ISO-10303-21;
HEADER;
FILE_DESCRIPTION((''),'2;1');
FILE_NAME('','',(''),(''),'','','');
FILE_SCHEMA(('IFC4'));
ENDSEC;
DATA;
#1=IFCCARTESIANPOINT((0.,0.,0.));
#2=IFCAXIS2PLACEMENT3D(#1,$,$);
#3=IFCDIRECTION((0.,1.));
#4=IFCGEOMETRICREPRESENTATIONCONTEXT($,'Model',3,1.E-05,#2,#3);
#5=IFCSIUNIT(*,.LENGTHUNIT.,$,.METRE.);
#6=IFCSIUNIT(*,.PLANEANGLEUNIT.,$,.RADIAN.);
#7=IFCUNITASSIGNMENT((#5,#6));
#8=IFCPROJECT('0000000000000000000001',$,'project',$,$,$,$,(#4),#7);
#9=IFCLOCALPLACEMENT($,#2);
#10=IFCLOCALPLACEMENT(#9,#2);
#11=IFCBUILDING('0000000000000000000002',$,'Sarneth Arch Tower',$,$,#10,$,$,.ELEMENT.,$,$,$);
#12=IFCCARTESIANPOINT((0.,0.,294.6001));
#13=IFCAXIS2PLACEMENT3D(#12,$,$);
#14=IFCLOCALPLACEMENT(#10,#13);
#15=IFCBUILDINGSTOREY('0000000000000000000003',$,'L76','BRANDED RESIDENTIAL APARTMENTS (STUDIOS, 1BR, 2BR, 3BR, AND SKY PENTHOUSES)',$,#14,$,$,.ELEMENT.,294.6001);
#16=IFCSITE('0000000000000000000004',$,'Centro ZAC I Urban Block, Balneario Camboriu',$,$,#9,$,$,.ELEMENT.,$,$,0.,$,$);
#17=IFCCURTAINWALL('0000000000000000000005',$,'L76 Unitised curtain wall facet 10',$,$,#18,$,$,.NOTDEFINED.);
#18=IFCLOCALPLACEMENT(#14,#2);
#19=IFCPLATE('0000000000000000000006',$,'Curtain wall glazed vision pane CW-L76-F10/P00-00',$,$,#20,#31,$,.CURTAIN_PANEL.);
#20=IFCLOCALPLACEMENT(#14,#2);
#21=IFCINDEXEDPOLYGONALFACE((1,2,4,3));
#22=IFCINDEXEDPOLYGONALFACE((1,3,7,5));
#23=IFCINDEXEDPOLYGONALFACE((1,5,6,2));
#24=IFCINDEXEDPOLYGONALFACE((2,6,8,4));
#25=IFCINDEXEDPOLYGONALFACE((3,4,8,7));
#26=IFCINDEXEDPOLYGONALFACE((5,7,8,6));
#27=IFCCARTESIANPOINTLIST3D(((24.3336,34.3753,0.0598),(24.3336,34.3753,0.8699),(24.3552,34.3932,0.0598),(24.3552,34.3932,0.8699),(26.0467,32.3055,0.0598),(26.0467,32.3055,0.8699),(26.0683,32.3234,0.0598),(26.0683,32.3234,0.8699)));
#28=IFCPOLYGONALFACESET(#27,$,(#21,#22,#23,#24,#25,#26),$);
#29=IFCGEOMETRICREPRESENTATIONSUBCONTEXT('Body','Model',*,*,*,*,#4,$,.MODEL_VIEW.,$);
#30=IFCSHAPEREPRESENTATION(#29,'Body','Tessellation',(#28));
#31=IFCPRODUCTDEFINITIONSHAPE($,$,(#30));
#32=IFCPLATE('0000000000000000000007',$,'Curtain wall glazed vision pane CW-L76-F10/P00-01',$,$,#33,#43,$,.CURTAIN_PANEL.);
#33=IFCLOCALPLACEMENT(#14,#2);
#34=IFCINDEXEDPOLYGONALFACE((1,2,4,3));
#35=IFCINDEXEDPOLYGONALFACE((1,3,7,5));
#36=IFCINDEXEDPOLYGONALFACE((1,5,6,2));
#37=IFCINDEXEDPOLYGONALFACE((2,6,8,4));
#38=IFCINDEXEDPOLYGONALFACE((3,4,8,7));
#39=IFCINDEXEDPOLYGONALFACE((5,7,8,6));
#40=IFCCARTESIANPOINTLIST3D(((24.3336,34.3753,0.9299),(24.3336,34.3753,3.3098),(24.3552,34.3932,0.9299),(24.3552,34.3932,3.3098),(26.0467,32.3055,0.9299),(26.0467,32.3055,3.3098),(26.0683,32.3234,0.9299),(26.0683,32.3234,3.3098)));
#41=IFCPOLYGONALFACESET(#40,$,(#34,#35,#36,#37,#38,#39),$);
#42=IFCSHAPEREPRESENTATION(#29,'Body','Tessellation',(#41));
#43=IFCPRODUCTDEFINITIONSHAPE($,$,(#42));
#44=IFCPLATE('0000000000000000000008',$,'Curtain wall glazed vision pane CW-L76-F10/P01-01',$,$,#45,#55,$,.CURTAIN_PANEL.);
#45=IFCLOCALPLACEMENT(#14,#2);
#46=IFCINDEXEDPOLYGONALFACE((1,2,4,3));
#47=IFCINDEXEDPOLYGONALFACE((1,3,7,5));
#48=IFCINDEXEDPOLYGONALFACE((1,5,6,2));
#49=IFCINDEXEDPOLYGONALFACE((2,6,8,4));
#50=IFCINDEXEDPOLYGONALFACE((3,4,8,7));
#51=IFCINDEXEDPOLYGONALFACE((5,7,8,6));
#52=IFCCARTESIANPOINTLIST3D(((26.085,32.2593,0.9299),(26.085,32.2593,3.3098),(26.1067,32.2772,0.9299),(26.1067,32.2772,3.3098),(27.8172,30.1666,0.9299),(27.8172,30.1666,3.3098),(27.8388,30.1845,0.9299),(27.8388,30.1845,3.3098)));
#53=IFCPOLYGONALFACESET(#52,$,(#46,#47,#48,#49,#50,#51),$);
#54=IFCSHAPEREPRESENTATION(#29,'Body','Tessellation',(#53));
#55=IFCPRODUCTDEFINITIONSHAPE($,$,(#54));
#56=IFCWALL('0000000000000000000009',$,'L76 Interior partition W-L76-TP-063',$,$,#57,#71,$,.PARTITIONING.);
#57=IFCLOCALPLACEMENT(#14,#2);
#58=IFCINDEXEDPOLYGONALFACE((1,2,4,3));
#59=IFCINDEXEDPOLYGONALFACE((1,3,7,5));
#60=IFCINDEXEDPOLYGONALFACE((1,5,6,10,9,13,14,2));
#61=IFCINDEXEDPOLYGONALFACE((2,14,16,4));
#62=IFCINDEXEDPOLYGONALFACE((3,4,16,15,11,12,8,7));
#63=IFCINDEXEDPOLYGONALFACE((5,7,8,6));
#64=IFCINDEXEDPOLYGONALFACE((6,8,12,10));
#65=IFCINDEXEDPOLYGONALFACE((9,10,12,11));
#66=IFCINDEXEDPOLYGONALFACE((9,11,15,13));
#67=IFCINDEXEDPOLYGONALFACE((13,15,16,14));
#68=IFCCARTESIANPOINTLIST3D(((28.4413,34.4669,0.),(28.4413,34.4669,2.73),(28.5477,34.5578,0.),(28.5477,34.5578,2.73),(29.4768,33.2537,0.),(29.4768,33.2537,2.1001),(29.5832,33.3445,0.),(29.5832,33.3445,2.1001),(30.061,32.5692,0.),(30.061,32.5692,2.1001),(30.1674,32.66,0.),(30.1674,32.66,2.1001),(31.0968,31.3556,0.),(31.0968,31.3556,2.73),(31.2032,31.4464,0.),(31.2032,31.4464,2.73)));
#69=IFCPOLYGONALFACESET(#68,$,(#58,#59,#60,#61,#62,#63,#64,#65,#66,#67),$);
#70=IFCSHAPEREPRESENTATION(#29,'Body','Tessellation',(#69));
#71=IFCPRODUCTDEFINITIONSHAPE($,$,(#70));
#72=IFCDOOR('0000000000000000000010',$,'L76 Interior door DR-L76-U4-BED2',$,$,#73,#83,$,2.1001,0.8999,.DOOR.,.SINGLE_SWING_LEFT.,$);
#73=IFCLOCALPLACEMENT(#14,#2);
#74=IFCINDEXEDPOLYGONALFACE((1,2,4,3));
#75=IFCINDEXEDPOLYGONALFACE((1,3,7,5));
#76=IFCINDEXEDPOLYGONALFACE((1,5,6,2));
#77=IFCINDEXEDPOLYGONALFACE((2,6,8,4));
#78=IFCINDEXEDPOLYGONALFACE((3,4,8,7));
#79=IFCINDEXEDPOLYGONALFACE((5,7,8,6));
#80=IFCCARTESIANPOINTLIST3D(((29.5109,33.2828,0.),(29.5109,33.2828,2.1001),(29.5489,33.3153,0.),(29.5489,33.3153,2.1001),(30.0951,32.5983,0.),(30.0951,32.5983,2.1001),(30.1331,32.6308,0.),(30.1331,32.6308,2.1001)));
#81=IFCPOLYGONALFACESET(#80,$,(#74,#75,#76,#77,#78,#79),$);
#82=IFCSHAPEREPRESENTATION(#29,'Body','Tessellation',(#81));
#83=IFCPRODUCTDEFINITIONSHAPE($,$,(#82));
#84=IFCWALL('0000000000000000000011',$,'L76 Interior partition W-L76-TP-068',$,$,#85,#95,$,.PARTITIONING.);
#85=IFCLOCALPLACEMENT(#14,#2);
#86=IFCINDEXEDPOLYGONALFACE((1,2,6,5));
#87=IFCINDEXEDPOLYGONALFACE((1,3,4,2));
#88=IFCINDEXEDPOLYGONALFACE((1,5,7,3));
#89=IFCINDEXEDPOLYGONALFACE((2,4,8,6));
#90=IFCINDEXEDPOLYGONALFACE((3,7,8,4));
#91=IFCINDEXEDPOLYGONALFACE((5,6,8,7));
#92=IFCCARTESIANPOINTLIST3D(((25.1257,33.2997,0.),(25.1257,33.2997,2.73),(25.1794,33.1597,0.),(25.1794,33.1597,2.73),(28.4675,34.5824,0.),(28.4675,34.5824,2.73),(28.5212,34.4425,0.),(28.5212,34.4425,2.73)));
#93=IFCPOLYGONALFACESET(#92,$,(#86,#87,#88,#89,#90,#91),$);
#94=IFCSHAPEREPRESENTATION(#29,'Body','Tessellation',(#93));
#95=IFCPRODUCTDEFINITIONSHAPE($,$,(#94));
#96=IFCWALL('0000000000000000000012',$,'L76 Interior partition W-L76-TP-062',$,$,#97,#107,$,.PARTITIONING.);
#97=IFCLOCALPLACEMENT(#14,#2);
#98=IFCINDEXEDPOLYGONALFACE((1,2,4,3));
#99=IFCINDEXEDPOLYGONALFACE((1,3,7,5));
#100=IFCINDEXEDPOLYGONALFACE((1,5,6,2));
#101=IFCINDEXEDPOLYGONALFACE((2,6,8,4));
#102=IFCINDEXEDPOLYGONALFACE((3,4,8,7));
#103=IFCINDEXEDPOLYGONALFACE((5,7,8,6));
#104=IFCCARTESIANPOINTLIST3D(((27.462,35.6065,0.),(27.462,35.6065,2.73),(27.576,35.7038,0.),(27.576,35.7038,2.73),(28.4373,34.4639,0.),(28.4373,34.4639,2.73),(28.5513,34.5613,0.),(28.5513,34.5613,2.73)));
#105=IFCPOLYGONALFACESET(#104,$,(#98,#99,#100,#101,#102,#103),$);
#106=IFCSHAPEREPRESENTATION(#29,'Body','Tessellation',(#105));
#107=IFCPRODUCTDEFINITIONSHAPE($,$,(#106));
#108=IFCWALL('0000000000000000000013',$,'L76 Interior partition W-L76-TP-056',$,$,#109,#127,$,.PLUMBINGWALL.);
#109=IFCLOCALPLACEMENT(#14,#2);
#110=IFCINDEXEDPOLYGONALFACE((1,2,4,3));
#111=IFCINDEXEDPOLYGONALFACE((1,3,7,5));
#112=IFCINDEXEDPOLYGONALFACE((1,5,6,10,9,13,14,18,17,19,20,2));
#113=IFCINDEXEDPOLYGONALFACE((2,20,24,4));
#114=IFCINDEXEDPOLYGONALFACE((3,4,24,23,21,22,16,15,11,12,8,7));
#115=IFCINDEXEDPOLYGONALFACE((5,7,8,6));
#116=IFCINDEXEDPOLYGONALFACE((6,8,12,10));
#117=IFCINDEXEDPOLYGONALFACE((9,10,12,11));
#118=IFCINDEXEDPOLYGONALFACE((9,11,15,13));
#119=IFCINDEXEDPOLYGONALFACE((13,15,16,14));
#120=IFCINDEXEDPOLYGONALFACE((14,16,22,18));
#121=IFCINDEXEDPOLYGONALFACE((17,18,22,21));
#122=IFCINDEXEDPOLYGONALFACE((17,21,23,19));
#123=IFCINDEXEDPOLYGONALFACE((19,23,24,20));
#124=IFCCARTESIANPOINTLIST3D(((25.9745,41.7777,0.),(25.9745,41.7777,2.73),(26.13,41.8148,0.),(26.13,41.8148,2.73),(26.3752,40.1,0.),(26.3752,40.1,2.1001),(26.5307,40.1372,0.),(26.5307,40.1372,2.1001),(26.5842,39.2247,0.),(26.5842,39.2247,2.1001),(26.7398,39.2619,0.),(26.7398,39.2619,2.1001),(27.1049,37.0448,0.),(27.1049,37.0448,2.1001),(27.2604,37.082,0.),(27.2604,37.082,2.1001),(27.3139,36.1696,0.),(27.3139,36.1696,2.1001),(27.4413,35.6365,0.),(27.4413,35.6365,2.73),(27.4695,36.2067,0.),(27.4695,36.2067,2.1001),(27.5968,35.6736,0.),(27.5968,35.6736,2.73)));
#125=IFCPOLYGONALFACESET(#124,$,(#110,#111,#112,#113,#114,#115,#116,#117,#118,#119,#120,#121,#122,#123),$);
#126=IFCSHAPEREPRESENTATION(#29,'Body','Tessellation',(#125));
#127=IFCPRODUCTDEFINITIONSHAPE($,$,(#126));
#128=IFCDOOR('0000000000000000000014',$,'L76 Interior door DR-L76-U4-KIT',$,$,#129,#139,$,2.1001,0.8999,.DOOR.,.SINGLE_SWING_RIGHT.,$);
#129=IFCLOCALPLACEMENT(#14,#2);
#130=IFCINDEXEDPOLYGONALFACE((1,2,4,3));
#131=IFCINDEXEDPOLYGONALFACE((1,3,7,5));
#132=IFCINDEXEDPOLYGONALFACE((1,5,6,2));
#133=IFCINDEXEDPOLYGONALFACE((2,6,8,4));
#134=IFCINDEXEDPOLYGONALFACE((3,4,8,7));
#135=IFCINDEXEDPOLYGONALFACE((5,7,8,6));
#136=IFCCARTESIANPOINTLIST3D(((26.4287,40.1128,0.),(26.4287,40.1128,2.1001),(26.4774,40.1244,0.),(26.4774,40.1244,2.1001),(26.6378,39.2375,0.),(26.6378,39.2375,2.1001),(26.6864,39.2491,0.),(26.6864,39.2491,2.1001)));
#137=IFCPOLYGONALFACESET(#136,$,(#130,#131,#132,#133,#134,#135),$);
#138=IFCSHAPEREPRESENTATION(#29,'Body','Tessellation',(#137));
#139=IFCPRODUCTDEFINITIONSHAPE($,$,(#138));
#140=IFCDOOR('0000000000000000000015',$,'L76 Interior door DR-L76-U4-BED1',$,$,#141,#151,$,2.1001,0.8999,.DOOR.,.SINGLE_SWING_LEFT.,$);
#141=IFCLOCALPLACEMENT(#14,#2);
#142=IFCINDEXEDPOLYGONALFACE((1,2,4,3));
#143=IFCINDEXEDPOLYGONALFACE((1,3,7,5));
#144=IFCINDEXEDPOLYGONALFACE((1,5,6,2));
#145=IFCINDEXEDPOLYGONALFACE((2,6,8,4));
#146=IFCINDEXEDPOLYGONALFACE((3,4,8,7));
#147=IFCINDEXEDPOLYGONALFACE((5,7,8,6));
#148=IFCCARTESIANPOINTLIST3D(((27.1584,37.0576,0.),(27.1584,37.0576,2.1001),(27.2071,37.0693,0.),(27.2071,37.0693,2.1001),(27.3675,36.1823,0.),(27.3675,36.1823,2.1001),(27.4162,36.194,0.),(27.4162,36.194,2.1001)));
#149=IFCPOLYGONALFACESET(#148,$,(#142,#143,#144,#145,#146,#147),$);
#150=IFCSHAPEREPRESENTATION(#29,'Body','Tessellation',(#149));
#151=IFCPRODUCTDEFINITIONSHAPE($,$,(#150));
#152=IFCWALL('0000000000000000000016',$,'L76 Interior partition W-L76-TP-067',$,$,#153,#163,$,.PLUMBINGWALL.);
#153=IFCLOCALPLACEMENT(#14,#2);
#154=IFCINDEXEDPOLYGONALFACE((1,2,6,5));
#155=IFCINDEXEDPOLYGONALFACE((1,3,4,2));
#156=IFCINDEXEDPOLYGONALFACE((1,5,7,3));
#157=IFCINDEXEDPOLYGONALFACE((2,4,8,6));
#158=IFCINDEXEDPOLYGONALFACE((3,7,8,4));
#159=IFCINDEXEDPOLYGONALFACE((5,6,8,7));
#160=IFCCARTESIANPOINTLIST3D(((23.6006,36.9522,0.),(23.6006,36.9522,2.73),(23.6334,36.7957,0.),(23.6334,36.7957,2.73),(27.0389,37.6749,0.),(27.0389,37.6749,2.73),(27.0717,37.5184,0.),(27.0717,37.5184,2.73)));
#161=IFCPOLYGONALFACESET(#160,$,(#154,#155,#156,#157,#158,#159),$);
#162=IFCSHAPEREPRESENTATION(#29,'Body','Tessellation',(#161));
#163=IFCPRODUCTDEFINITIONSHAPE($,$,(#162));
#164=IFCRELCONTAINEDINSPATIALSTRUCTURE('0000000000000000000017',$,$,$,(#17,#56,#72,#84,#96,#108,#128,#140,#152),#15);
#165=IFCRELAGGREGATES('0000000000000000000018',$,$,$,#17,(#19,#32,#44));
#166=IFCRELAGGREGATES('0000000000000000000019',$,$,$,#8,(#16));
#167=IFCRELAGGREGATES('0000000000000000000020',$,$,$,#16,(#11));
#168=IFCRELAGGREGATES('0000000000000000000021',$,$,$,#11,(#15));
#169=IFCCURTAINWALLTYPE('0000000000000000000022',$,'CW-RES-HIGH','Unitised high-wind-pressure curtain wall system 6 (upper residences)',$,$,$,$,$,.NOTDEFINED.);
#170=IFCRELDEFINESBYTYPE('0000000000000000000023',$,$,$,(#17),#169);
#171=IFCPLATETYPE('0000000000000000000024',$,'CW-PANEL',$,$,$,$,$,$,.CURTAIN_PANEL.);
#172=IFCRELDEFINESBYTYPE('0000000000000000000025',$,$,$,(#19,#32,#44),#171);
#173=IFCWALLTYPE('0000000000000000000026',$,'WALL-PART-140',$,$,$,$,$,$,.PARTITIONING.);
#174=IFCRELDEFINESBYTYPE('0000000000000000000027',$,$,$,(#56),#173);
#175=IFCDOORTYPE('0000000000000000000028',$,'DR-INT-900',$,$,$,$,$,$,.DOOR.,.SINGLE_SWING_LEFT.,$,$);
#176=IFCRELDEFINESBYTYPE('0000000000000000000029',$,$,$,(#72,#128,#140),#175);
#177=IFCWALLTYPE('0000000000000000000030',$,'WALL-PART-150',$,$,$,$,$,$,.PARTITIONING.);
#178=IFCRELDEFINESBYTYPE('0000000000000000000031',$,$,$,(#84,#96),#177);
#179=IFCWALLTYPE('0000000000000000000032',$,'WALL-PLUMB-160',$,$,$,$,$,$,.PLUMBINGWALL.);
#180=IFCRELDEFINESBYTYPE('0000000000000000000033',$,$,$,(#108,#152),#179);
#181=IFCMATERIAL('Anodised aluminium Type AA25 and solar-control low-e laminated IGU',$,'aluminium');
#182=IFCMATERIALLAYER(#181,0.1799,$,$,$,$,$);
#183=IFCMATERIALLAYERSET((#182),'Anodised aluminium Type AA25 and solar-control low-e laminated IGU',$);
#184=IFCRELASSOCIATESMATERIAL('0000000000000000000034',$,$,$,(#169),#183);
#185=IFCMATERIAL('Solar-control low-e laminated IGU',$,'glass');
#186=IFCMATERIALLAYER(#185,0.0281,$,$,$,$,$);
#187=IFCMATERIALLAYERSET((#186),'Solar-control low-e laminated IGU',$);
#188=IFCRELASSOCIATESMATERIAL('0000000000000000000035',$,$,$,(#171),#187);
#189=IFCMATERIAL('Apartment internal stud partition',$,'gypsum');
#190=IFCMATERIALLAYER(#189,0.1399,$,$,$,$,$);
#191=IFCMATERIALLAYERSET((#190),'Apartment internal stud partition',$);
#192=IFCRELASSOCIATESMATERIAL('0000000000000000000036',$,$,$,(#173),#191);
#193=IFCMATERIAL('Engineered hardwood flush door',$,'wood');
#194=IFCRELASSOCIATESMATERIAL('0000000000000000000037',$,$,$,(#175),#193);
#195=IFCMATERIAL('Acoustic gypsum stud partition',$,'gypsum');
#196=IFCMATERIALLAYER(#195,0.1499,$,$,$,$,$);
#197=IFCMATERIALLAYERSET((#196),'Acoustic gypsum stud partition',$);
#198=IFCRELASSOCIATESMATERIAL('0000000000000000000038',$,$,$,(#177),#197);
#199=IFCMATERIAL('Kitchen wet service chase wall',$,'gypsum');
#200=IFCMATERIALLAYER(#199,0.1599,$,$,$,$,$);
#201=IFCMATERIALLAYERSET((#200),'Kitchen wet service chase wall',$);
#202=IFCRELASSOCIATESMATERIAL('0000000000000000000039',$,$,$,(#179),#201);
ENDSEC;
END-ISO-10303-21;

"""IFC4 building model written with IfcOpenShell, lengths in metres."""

from ifc_helpers import new_model, si_unit, direction, frame, frame_2d, origin, origin_2d, place, context, subcontext, project, spatial, rectangle, extrude, material, layer, layer_set, type_object, element, fill, aggregate, save


model = new_model("IFC4")

# Units and contexts
model_context = context("Model", 3, precision=1e-05, world=origin(), true_north=direction((0.0, 1.0)))
body_context = subcontext(model_context, "Body", "Model", "MODEL_VIEW")
ifc_project = project(units=[si_unit("LENGTHUNIT", "METRE"), si_unit("PLANEANGLEUNIT", "RADIAN")], contexts=[model_context])

# Site, building, storey
site_placement = place(None, origin())
site = spatial("IfcSite", under=ifc_project, at=site_placement, Name="Centro ZAC I Urban Block, Balneario Camboriu", CompositionType="ELEMENT", RefElevation=0.0)
building_placement = place(site_placement, origin())
building = spatial("IfcBuilding", under=site, at=building_placement, Name="Sarneth Arch Tower", CompositionType="ELEMENT")
storey_placement = place(building_placement, frame((0.0, 0.0, 294.6001)))
storey = spatial("IfcBuildingStorey", under=building, at=storey_placement, Name="L76", Description="BRANDED RESIDENTIAL APARTMENTS (STUDIOS, 1BR, 2BR, 3BR, AND SKY PENTHOUSES)", CompositionType="ELEMENT", Elevation=294.6001)

# Curtain wall, plates
ifc_material_1 = material(Name="Anodised aluminium Type AA25 and solar-control low-e laminated IGU", Category="aluminium")
ifc_layer_1 = layer(ifc_material_1, 0.1799)
ifc_layer_set_1 = layer_set([ifc_layer_1], Name="Anodised aluminium Type AA25 and solar-control low-e laminated IGU")
curtain_wall_type = type_object("IfcCurtainWallType", Name="CW-RES-HIGH", Description="Unitised high-wind-pressure curtain wall system 6 (upper residences)", PredefinedType="NOTDEFINED", material=ifc_layer_set_1)
curtain_wall_placement = place(storey_placement, origin())
curtain_wall = element("IfcCurtainWall", 1, at=curtain_wall_placement, inside=storey, type_object=curtain_wall_type, Name="L76 Unitised curtain wall facet 10", PredefinedType="NOTDEFINED")
ifc_material_2 = material(Name="Solar-control low-e laminated IGU", Category="glass")
ifc_layer_2 = layer(ifc_material_2, 0.0281)
ifc_layer_set_2 = layer_set([ifc_layer_2], Name="Solar-control low-e laminated IGU")
plate_type = type_object("IfcPlateType", Name="CW-PANEL", PredefinedType="CURTAIN_PANEL", material=ifc_layer_set_2)
plate_1_placement = place(storey_placement, frame((25.2009, 33.3494, 0.0598), z_axis=(0.0, 0.0, 1.0), x_axis=(0.63761, -0.770359, 0.0)))
plate_1 = element("IfcPlate", 2, at=plate_1_placement, type_object=plate_type, Name="Curtain wall glazed vision pane CW-L76-F10/P00-00", PredefinedType="CURTAIN_PANEL", context=body_context, shape_type="SweptSolid", body=[
    extrude(rectangle(XDim=2.6868, YDim=0.0281, at=origin_2d()), origin(), (0.0, 0.0, 1.0), 0.8101),
])
plate_2_placement = place(storey_placement, frame((25.2009, 33.3494, 0.9299), z_axis=(0.0, 0.0, 1.0), x_axis=(0.63761, -0.770359, 0.0)))
plate_2 = element("IfcPlate", 3, at=plate_2_placement, type_object=plate_type, Name="Curtain wall glazed vision pane CW-L76-F10/P00-01", PredefinedType="CURTAIN_PANEL", context=body_context, shape_type="SweptSolid", body=[
    extrude(rectangle(XDim=2.6868, YDim=0.0281, at=origin_2d()), origin(), (0.0, 0.0, 1.0), 2.3799),
])
plate_3_placement = place(storey_placement, frame((26.9619, 31.2219, 0.9299), z_axis=(0.0, 0.0, 1.0), x_axis=(0.63761, -0.770359, 0.0)))
plate_3 = element("IfcPlate", 4, at=plate_3_placement, type_object=plate_type, Name="Curtain wall glazed vision pane CW-L76-F10/P01-01", PredefinedType="CURTAIN_PANEL", context=body_context, shape_type="SweptSolid", body=[
    extrude(rectangle(XDim=2.7166, YDim=0.0281, at=origin_2d()), origin(), (0.0, 0.0, 1.0), 2.3799),
])
aggregate(curtain_wall, [plate_1, plate_2, plate_3])

# Wall, opening, door
ifc_material_3 = material(Name="Apartment internal stud partition", Category="gypsum")
ifc_layer_3 = layer(ifc_material_3, 0.1399)
ifc_layer_set_3 = layer_set([ifc_layer_3], Name="Apartment internal stud partition")
wall_type_1 = type_object("IfcWallType", Name="WALL-PART-140", PredefinedType="PARTITIONING", material=ifc_layer_set_3)
wall_1_placement = place(storey_placement, frame((28.4944, 34.5125, 0.0), z_axis=(0.0, 0.0, 1.0), x_axis=(0.649192, -0.760624, 0.0)))
wall_1 = element("IfcWall", 5, at=wall_1_placement, inside=storey, type_object=wall_type_1, Name="L76 Interior partition W-L76-TP-063", PredefinedType="PARTITIONING", context=body_context, shape_type="SweptSolid", body=[
    extrude(rectangle(XDim=4.0906, YDim=0.1399, at=frame_2d((2.0454, 0.0))), origin(), (0.0, 0.0, 1.0), 2.73),
])
opening_1_placement = place(wall_1_placement, frame((1.5952, 0.0, 0.0)))
opening_1 = element("IfcOpeningElement", 6, at=opening_1_placement, cuts=wall_1, PredefinedType="OPENING", context=body_context, shape_type="SweptSolid", body=[
    extrude(rectangle(XDim=0.8999, YDim=2.1001, at=frame_2d((0.45, 1.05))), frame((0.0, 0.0798, 0.0), z_axis=(0.0, -1.0, 0.0), x_axis=(1.0, 0.0, 0.0)), (0.0, 0.0, 1.0), 0.1599),
])
ifc_material_4 = material(Name="Engineered hardwood flush door", Category="wood")
door_type = type_object("IfcDoorType", Name="DR-INT-900", OperationType="SINGLE_SWING_LEFT", PredefinedType="DOOR", material=ifc_material_4)
door_1_placement = place(opening_1_placement, origin())
door_1 = element("IfcDoor", 7, at=door_1_placement, inside=storey, type_object=door_type, Name="L76 Interior door DR-L76-U4-BED2", OperationType="SINGLE_SWING_LEFT", OverallHeight=2.1001, OverallWidth=0.8999, PredefinedType="DOOR", context=body_context, shape_type="SweptSolid", body=[
    extrude(rectangle(XDim=0.8999, YDim=2.1001, at=frame_2d((0.45, 1.05))), frame((0.0, 0.0249, 0.0), z_axis=(0.0, -1.0, 0.0), x_axis=(1.0, 0.0, 0.0)), (0.0, 0.0, 1.0), 0.05),
])
fill(opening_1, door_1)

# Walls
ifc_material_5 = material(Name="Acoustic gypsum stud partition", Category="gypsum")
ifc_layer_4 = layer(ifc_material_5, 0.1499)
ifc_layer_set_4 = layer_set([ifc_layer_4], Name="Acoustic gypsum stud partition")
wall_type_2 = type_object("IfcWallType", Name="WALL-PART-150", PredefinedType="PARTITIONING", material=ifc_layer_set_4)
wall_2_placement = place(storey_placement, frame((28.4944, 34.5125, 0.0), z_axis=(0.0, 0.0, 1.0), x_axis=(-0.933588, -0.358348, 0.0)))
element("IfcWall", 8, at=wall_2_placement, inside=storey, type_object=wall_type_2, Name="L76 Interior partition W-L76-TP-068", PredefinedType="PARTITIONING", context=body_context, shape_type="SweptSolid", body=[
    extrude(rectangle(XDim=3.5796, YDim=0.1499, at=frame_2d((1.7898, 0.0))), origin(), (0.0, 0.0, 1.0), 2.73),
])
wall_3_placement = place(storey_placement, frame((27.519, 35.655, 0.0), z_axis=(0.0, 0.0, 1.0), x_axis=(0.649251, -0.760574, 0.0)))
element("IfcWall", 9, at=wall_3_placement, inside=storey, type_object=wall_type_2, Name="L76 Interior partition W-L76-TP-062", PredefinedType="PARTITIONING", context=body_context, shape_type="SweptSolid", body=[
    extrude(rectangle(XDim=1.5022, YDim=0.1499, at=frame_2d((0.751, 0.0))), origin(), (0.0, 0.0, 1.0), 2.73),
])

# Wall, openings, doors
ifc_material_6 = material(Name="Kitchen wet service chase wall", Category="gypsum")
ifc_layer_5 = layer(ifc_material_6, 0.1599)
ifc_layer_set_5 = layer_set([ifc_layer_5], Name="Kitchen wet service chase wall")
wall_type_3 = type_object("IfcWallType", Name="WALL-PLUMB-160", PredefinedType="PLUMBINGWALL", material=ifc_layer_set_5)
wall_4_placement = place(storey_placement, frame((27.519, 35.655, 0.0), z_axis=(0.0, 0.0, 1.0), x_axis=(-0.232314, 0.972641, 0.0)))
wall_4 = element("IfcWall", 10, at=wall_4_placement, inside=storey, type_object=wall_type_3, Name="L76 Interior partition W-L76-TP-056", PredefinedType="PLUMBINGWALL", context=body_context, shape_type="SweptSolid", body=[
    extrude(rectangle(XDim=6.314, YDim=0.1599, at=frame_2d((3.157, 0.0))), origin(), (0.0, 0.0, 1.0), 2.73),
])
opening_2_placement = place(wall_4_placement, frame((3.6892, 0.0, 0.0)))
opening_2 = element("IfcOpeningElement", 11, at=opening_2_placement, cuts=wall_4, PredefinedType="OPENING", context=body_context, shape_type="SweptSolid", body=[
    extrude(rectangle(XDim=0.8999, YDim=2.1001, at=frame_2d((0.45, 1.05))), frame((0.0, 0.0898, 0.0), z_axis=(0.0, -1.0, 0.0), x_axis=(1.0, 0.0, 0.0)), (0.0, 0.0, 1.0), 0.1799),
])
opening_3_placement = place(wall_4_placement, frame((0.5481, 0.0, 0.0)))
opening_3 = element("IfcOpeningElement", 12, at=opening_3_placement, cuts=wall_4, PredefinedType="OPENING", context=body_context, shape_type="SweptSolid", body=[
    extrude(rectangle(XDim=0.8999, YDim=2.1001, at=frame_2d((0.45, 1.05))), frame((0.0, 0.0898, 0.0), z_axis=(0.0, -1.0, 0.0), x_axis=(1.0, 0.0, 0.0)), (0.0, 0.0, 1.0), 0.1799),
])
door_2_placement = place(opening_2_placement, origin())
door_2 = element("IfcDoor", 13, at=door_2_placement, inside=storey, type_object=door_type, Name="L76 Interior door DR-L76-U4-KIT", OperationType="SINGLE_SWING_RIGHT", OverallHeight=2.1001, OverallWidth=0.8999, PredefinedType="DOOR", context=body_context, shape_type="SweptSolid", body=[
    extrude(rectangle(XDim=0.8999, YDim=2.1001, at=frame_2d((0.45, 1.05))), frame((0.0, 0.0249, 0.0), z_axis=(0.0, -1.0, 0.0), x_axis=(1.0, 0.0, 0.0)), (0.0, 0.0, 1.0), 0.05),
])
fill(opening_2, door_2)
door_3_placement = place(opening_3_placement, origin())
door_3 = element("IfcDoor", 14, at=door_3_placement, inside=storey, type_object=door_type, Name="L76 Interior door DR-L76-U4-BED1", OperationType="SINGLE_SWING_LEFT", OverallHeight=2.1001, OverallWidth=0.8999, PredefinedType="DOOR", context=body_context, shape_type="SweptSolid", body=[
    extrude(rectangle(XDim=0.8999, YDim=2.1001, at=frame_2d((0.45, 1.05))), frame((0.0, 0.0249, 0.0), z_axis=(0.0, -1.0, 0.0), x_axis=(1.0, 0.0, 0.0)), (0.0, 0.0, 1.0), 0.05),
])
fill(opening_3, door_3)

# Wall
wall_5_placement = place(storey_placement, frame((27.0554, 37.5967, 0.0), z_axis=(0.0, 0.0, 1.0), x_axis=(-0.978618, -0.205688, 0.0)))
element("IfcWall", 15, at=wall_5_placement, inside=storey, type_object=wall_type_3, Name="L76 Interior partition W-L76-TP-067", PredefinedType="PLUMBINGWALL", context=body_context, shape_type="SweptSolid", body=[
    extrude(rectangle(XDim=3.5134, YDim=0.1599, at=frame_2d((1.7568, 0.0))), origin(), (0.0, 0.0, 1.0), 2.73),
])

save(model, "model.ifc")
